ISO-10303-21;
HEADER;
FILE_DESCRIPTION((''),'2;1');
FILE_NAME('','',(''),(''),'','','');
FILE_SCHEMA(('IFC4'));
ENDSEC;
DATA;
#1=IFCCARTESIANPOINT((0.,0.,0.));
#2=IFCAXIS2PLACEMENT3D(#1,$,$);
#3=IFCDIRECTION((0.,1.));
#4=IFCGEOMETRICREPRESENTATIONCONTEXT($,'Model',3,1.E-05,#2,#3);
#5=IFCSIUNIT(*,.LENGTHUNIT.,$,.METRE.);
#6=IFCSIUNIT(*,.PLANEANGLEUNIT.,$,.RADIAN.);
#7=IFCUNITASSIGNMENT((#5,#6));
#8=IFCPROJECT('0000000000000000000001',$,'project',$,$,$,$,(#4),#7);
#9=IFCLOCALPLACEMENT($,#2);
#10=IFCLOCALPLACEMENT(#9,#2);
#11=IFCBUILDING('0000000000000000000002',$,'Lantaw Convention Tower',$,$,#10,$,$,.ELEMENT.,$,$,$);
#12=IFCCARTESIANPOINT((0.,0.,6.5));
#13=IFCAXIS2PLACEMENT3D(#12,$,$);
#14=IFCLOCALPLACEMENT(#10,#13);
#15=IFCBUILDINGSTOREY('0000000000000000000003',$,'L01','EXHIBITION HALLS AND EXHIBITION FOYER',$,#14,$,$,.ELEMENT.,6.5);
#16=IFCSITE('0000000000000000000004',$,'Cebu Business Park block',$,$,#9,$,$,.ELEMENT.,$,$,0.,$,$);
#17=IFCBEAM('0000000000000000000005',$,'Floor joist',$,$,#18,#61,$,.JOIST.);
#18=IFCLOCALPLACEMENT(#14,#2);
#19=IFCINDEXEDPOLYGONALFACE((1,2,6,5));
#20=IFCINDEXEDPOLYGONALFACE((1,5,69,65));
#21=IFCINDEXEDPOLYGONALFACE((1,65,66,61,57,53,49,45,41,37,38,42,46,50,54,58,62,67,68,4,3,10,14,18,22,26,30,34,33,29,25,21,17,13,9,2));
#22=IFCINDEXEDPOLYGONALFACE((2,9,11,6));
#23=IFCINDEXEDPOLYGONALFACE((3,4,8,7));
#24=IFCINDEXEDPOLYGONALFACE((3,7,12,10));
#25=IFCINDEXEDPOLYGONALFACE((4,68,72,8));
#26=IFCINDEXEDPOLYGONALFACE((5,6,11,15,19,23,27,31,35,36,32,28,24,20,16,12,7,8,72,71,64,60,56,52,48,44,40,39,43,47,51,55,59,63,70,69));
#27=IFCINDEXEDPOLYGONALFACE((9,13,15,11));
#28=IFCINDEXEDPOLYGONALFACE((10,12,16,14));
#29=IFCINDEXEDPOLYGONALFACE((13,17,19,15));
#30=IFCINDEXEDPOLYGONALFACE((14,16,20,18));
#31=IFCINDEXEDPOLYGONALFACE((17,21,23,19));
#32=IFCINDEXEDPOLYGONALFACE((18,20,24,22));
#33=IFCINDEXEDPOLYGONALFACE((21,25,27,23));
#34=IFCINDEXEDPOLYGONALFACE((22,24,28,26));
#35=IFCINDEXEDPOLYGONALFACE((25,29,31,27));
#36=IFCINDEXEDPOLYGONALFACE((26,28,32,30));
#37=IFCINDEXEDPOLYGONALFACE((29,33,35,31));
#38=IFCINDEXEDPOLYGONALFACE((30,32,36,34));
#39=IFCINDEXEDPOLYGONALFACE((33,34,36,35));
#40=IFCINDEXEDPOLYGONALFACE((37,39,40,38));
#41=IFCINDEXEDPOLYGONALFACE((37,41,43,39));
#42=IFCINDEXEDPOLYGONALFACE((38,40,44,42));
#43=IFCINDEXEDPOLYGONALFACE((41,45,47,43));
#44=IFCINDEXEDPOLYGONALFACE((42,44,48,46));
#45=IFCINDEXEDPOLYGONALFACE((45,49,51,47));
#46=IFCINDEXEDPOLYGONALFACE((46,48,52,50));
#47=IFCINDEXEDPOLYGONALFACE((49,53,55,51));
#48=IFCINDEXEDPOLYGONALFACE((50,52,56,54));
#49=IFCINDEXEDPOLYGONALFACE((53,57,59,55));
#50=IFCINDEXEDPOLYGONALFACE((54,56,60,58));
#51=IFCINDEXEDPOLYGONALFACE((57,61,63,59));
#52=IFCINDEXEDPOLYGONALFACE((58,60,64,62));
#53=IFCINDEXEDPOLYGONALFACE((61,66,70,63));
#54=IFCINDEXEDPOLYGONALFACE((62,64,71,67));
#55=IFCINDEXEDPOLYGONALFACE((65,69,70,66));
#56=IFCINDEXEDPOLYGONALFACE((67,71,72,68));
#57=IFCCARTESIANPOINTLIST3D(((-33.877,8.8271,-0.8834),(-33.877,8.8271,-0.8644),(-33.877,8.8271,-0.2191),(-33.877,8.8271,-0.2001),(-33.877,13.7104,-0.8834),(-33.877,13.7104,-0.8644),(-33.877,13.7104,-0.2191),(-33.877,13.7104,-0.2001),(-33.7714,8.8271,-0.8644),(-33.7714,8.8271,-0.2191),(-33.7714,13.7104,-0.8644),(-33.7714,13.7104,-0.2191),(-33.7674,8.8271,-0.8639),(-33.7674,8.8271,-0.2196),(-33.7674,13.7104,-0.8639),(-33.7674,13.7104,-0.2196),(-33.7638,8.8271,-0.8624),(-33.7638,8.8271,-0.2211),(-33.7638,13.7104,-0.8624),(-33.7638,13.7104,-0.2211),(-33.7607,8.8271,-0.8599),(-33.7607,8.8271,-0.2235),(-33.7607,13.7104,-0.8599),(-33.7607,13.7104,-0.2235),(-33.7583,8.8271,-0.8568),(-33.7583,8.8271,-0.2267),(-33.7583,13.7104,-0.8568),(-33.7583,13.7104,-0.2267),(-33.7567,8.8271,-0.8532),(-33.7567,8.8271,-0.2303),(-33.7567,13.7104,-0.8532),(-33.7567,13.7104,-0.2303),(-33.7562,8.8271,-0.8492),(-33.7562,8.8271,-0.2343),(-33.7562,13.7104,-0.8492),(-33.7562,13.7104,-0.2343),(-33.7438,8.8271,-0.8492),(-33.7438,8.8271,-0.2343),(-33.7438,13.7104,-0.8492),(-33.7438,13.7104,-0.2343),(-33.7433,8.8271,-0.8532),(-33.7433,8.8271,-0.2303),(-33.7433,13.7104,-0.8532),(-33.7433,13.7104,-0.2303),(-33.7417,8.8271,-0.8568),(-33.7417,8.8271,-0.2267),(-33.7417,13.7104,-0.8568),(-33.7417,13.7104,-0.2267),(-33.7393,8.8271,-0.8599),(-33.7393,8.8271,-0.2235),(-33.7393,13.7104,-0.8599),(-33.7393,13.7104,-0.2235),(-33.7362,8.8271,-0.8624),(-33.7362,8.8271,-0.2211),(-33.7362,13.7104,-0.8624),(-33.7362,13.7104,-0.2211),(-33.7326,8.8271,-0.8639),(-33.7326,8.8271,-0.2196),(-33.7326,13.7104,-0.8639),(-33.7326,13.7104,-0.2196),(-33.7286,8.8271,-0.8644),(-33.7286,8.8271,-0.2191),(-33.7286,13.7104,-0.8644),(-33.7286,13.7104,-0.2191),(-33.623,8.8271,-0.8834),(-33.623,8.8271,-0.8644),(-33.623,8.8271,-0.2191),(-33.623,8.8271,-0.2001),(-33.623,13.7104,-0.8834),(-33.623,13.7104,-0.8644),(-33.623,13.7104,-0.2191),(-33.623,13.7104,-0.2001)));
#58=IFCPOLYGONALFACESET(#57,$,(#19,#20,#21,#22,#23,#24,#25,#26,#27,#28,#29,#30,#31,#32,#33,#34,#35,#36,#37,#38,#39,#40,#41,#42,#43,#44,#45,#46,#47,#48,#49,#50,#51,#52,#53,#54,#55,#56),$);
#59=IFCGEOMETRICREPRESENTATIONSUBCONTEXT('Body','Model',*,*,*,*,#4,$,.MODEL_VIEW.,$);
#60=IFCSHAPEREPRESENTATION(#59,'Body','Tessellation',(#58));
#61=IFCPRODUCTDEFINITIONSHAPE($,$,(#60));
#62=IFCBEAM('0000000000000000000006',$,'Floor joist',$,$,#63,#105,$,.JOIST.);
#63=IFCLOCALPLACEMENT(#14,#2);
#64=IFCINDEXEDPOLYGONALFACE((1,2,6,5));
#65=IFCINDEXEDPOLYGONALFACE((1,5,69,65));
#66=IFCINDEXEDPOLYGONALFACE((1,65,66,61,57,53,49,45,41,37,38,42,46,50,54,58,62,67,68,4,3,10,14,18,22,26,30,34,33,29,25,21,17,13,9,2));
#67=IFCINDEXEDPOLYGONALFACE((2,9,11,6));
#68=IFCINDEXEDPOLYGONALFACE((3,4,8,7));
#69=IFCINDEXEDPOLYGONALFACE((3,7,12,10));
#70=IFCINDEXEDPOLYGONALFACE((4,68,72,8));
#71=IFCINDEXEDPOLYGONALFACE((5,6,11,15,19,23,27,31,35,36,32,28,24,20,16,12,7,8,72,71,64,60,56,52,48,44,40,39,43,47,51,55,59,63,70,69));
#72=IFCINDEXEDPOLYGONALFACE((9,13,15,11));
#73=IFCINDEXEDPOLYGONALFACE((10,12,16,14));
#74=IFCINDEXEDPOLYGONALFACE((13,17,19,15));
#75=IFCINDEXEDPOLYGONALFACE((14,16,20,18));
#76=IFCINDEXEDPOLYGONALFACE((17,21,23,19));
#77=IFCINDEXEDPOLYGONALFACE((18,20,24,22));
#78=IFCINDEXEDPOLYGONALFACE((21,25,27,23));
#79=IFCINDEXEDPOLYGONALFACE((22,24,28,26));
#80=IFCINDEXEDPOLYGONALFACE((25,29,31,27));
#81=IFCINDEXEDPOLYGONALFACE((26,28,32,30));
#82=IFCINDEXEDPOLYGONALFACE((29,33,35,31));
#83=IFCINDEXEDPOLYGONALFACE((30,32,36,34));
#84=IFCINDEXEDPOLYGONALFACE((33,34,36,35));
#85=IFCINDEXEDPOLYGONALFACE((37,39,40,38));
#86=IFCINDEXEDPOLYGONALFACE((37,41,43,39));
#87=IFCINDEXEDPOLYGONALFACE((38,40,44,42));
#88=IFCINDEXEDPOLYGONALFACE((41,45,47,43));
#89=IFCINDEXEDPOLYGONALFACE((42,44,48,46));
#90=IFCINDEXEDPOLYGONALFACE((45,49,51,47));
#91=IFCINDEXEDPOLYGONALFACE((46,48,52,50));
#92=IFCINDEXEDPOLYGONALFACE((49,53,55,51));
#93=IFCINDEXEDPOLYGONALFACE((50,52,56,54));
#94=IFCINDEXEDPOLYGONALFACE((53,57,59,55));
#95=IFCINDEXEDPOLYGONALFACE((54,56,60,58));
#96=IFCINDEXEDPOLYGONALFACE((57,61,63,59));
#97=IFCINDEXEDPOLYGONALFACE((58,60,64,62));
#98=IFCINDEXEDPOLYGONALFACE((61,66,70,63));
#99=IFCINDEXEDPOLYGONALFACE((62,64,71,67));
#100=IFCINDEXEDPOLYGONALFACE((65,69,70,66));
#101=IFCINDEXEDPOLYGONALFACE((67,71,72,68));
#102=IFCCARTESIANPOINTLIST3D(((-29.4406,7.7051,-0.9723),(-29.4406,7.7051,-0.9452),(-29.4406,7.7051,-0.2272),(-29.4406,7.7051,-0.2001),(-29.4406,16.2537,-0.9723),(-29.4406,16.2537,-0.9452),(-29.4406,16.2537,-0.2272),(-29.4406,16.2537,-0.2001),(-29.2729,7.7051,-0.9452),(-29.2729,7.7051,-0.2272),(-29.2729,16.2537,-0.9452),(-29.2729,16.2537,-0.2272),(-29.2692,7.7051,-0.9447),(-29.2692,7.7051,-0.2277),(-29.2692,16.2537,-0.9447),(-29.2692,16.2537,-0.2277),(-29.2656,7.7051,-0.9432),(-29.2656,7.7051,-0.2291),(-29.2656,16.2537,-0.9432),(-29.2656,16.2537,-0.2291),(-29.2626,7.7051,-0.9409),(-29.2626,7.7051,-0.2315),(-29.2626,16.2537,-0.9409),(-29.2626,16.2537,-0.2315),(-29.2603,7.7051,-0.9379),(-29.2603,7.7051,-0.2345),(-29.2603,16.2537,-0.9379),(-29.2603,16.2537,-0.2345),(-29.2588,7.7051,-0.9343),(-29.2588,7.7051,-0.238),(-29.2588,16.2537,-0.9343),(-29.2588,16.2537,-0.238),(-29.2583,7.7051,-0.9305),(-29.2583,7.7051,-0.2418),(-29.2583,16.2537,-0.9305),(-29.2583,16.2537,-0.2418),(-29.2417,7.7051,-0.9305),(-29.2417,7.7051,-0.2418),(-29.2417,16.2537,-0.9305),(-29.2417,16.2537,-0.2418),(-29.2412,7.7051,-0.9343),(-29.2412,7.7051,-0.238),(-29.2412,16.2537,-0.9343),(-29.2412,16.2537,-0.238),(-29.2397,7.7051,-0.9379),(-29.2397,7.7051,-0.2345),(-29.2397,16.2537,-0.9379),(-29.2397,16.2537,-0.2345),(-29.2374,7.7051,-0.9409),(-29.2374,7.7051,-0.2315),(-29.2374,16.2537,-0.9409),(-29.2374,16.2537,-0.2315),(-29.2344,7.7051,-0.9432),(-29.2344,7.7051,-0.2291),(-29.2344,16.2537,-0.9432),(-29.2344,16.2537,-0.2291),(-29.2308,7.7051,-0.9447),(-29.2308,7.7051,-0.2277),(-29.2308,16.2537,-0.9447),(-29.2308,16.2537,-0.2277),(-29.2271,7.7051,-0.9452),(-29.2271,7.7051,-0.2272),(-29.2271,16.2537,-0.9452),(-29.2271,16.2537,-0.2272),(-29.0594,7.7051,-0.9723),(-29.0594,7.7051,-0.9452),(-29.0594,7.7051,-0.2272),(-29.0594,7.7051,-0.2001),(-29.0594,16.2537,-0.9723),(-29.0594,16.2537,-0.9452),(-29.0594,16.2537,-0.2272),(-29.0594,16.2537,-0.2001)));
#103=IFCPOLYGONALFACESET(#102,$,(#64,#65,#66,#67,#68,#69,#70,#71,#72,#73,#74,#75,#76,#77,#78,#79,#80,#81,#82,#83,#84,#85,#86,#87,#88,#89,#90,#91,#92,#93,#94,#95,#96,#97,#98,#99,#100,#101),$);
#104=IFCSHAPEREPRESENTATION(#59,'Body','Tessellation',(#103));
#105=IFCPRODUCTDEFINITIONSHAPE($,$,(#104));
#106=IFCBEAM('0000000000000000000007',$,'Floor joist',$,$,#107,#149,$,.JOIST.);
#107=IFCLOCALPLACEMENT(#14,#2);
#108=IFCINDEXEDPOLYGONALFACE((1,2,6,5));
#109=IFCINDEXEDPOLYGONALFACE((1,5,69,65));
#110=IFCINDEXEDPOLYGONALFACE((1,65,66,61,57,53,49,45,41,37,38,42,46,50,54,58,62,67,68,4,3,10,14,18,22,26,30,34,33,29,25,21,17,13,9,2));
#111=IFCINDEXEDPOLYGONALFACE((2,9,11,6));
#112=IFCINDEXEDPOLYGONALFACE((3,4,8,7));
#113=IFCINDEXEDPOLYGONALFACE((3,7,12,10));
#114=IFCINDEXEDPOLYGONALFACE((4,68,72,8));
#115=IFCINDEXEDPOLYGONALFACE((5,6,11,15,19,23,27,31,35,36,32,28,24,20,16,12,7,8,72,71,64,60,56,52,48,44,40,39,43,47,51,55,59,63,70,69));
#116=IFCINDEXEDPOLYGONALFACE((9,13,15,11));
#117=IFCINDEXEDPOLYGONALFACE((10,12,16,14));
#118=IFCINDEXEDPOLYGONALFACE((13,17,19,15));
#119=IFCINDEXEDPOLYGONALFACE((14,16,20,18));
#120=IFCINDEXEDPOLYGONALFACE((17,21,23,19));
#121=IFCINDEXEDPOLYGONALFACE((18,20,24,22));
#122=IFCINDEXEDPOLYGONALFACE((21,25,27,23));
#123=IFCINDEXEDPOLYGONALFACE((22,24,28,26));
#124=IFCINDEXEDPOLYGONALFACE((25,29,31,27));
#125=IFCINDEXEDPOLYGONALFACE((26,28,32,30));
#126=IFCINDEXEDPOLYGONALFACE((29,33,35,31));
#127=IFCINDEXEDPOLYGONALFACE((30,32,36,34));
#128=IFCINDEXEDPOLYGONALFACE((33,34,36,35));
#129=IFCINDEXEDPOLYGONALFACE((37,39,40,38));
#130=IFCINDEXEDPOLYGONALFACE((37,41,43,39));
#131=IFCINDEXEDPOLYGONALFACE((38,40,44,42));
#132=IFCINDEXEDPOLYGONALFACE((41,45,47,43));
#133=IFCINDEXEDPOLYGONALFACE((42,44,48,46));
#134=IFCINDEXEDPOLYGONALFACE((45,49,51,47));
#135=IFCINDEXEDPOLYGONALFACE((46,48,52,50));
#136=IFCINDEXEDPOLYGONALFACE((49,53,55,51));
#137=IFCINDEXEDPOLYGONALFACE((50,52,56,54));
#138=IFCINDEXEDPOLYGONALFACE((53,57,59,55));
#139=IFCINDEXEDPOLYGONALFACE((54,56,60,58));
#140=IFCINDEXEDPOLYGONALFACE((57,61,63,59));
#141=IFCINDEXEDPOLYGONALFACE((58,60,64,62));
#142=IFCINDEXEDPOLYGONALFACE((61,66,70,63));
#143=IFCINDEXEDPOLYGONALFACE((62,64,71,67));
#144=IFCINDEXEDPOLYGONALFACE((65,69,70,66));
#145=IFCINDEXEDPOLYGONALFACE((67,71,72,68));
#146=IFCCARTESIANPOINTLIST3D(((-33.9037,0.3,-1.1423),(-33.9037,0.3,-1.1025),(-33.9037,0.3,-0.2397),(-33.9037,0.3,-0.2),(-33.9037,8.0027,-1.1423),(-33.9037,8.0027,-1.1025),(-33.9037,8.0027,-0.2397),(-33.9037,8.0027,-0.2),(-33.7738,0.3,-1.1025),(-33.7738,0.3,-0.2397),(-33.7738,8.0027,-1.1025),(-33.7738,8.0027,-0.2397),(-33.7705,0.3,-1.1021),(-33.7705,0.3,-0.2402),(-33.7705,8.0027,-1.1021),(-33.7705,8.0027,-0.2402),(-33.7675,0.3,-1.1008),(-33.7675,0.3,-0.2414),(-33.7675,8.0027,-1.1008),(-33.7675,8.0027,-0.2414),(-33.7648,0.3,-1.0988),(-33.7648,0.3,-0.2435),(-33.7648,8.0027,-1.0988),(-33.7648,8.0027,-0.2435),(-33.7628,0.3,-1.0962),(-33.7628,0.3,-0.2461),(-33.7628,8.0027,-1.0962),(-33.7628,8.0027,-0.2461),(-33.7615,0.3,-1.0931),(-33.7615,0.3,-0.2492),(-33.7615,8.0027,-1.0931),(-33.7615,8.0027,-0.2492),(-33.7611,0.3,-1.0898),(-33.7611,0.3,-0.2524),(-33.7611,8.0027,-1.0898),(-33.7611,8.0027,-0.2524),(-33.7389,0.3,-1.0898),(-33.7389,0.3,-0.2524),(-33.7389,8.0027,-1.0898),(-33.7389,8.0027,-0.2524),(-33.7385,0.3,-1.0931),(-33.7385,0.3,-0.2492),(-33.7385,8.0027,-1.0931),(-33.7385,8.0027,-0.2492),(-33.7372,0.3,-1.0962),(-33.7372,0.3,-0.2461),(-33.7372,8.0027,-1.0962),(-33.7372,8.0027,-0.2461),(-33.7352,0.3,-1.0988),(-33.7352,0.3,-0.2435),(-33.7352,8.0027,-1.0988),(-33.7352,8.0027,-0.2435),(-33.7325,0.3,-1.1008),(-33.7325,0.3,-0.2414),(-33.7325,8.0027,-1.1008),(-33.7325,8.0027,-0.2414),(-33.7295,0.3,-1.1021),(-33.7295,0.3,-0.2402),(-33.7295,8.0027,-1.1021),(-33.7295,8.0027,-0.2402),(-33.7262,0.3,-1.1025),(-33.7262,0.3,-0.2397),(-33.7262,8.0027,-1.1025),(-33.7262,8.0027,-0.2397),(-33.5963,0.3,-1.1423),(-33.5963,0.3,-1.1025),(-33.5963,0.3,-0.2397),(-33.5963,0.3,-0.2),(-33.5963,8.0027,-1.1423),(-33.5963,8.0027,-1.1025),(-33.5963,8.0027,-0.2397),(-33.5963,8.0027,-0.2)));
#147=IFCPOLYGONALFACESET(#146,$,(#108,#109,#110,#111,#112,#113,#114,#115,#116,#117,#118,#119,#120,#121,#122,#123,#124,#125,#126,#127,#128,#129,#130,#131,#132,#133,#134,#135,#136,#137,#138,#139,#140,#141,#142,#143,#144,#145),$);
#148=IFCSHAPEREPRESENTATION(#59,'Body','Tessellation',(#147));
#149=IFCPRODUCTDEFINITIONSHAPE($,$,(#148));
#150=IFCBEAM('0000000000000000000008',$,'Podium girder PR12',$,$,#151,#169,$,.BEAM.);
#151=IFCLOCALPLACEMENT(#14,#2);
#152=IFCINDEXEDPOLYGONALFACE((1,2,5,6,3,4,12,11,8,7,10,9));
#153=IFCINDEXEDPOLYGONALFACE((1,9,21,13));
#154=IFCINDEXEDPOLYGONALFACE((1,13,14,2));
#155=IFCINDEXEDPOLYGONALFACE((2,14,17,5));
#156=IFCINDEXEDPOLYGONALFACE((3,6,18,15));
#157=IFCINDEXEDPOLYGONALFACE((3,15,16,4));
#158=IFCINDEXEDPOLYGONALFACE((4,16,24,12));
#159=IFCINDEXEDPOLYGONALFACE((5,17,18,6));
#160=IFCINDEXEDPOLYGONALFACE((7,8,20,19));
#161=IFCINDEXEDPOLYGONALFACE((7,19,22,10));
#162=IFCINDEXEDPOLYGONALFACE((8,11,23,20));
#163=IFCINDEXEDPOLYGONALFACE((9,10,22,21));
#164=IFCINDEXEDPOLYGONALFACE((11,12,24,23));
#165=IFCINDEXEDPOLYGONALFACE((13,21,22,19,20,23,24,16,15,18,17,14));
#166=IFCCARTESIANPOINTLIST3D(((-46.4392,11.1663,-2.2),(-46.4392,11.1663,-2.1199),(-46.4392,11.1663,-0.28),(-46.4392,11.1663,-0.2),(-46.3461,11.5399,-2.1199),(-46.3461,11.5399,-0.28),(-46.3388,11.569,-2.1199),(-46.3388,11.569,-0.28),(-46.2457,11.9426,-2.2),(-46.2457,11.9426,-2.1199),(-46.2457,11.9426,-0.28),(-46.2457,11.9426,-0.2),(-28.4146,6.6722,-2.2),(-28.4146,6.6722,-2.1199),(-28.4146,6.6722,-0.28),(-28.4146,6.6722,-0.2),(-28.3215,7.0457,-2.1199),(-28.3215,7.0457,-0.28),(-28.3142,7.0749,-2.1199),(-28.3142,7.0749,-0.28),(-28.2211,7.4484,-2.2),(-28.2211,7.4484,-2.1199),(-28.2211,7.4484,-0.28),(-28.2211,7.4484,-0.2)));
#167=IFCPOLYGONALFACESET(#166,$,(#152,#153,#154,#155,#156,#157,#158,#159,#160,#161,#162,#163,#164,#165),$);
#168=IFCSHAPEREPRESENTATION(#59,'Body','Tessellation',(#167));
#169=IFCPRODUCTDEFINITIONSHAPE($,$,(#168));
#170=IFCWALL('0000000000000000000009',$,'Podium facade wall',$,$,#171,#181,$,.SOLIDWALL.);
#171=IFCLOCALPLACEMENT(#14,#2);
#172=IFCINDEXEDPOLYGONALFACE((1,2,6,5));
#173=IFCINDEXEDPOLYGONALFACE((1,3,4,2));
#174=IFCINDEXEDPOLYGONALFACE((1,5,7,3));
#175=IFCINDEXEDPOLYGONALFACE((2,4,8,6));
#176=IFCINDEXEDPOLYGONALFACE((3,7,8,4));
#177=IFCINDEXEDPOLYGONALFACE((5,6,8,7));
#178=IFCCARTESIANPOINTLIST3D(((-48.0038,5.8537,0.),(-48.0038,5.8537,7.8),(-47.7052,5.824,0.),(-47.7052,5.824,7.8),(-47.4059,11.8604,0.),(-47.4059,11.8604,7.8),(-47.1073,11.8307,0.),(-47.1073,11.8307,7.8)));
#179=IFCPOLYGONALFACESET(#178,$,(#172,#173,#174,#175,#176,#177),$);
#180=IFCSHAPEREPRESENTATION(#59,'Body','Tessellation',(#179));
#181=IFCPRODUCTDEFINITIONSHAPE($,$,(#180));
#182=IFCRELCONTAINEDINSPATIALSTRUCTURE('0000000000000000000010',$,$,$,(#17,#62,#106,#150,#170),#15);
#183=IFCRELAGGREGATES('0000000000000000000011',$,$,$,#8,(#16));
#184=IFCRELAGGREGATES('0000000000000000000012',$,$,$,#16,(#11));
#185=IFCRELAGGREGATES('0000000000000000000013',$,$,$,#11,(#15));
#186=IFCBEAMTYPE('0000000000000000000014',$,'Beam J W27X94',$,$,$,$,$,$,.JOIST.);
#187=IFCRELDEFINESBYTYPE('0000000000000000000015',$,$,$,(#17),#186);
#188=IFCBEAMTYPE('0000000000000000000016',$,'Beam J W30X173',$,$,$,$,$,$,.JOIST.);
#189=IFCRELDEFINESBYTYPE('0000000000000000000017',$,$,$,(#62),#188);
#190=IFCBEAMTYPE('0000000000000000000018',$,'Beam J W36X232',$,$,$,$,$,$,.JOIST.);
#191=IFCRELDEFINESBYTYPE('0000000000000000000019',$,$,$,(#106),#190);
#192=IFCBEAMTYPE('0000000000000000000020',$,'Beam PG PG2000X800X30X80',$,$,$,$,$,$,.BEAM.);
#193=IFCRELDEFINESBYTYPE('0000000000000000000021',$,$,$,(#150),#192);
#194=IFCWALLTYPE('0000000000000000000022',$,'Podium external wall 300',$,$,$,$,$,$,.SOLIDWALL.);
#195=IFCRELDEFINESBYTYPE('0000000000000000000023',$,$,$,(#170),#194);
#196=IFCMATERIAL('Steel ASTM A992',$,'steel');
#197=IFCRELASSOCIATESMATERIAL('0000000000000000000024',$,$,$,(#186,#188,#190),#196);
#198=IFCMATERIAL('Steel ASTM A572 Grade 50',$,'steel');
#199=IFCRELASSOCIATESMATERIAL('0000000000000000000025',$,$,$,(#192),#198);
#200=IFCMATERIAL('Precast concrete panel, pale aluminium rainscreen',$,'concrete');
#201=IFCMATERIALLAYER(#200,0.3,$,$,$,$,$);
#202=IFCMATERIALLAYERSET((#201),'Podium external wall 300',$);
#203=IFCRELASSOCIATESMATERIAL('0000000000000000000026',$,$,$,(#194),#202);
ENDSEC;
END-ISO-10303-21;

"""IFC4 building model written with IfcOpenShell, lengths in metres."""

from ifc_helpers import new_model, si_unit, direction, frame, frame_2d, origin, origin_2d, place, context, subcontext, project, spatial, rectangle, i_section, extrude, material, layer, layer_set, material_profile, profile_set, type_object, element, save


model = new_model("IFC4")

# Units and contexts
model_context = context("Model", 3, precision=1e-05, world=origin(), true_north=direction((0.0, 1.0)))
body_context = subcontext(model_context, "Body", "Model", "MODEL_VIEW")
ifc_project = project(units=[si_unit("LENGTHUNIT", "METRE"), si_unit("PLANEANGLEUNIT", "RADIAN")], contexts=[model_context])

# Site, building, storey
site_placement = place(None, origin())
site = spatial("IfcSite", under=ifc_project, at=site_placement, Name="Cebu Business Park block", CompositionType="ELEMENT", RefElevation=0.0)
building_placement = place(site_placement, origin())
building = spatial("IfcBuilding", under=site, at=building_placement, Name="Lantaw Convention Tower", CompositionType="ELEMENT")
storey_placement = place(building_placement, frame((0.0, 0.0, 6.5)))
storey = spatial("IfcBuildingStorey", under=building, at=storey_placement, Name="L01", Description="EXHIBITION HALLS AND EXHIBITION FOYER", CompositionType="ELEMENT", Elevation=6.5)

# Shared definitions
ifc_material_1 = material(Name="Steel ASTM A572 Grade 50", Category="steel")

# Beams
ifc_material_2 = material(Name="Steel ASTM A992", Category="steel")
ifc_material_profile_1 = material_profile(ifc_material_2, i_section(OverallWidth=0.2539, OverallDepth=0.6833, WebThickness=0.0125, FlangeThickness=0.019, FilletRadius=0.0151, at=origin_2d()), Name="W27X94")
ifc_profile_set_1 = profile_set([ifc_material_profile_1], Name="Steel ASTM A992")
beam_type_1 = type_object("IfcBeamType", Name="Beam J W27X94", PredefinedType="JOIST", material=ifc_profile_set_1)
beam_1_placement = place(storey_placement, frame((-33.75, 8.8271, -0.5417), z_axis=(0.0, 1.0, 0.0), x_axis=(-1.0, 0.0, 0.0)))
element("IfcBeam", 1, at=beam_1_placement, inside=storey, type_object=beam_type_1, Name="Floor joist", PredefinedType="JOIST", context=body_context, shape_type="SweptSolid", body=[
    extrude(i_section(OverallWidth=0.2539, OverallDepth=0.6833, WebThickness=0.0125, FlangeThickness=0.019, FilletRadius=0.0151, at=origin_2d()), origin(), (0.0, 0.0, 1.0), 4.8833),
])
ifc_material_profile_2 = material_profile(ifc_material_2, i_section(OverallWidth=0.3811, OverallDepth=0.7722, WebThickness=0.0166, FlangeThickness=0.0271, FilletRadius=0.0146, at=origin_2d()), Name="W30X173")
ifc_profile_set_2 = profile_set([ifc_material_profile_2], Name="Steel ASTM A992")
beam_type_2 = type_object("IfcBeamType", Name="Beam J W30X173", PredefinedType="JOIST", material=ifc_profile_set_2)
beam_2_placement = place(storey_placement, frame((-29.25, 7.7051, -0.5862), z_axis=(0.0, 1.0, 0.0), x_axis=(-1.0, 0.0, 0.0)))
element("IfcBeam", 2, at=beam_2_placement, inside=storey, type_object=beam_type_2, Name="Floor joist", PredefinedType="JOIST", context=body_context, shape_type="SweptSolid", body=[
    extrude(i_section(OverallWidth=0.3811, OverallDepth=0.7722, WebThickness=0.0166, FlangeThickness=0.0271, FilletRadius=0.0146, at=origin_2d()), origin(), (0.0, 0.0, 1.0), 8.5486),
])
ifc_material_profile_3 = material_profile(ifc_material_2, i_section(OverallWidth=0.3074, OverallDepth=0.9424, WebThickness=0.0222, FlangeThickness=0.0398, FilletRadius=0.0127, at=origin_2d()), Name="W36X232")
ifc_profile_set_3 = profile_set([ifc_material_profile_3], Name="Steel ASTM A992")
beam_type_3 = type_object("IfcBeamType", Name="Beam J W36X232", PredefinedType="JOIST", material=ifc_profile_set_3)
beam_3_placement = place(storey_placement, frame((-33.75, 0.3, -0.6711), z_axis=(0.0, 1.0, 0.0), x_axis=(-1.0, 0.0, 0.0)))
element("IfcBeam", 3, at=beam_3_placement, inside=storey, type_object=beam_type_3, Name="Floor joist", PredefinedType="JOIST", context=body_context, shape_type="SweptSolid", body=[
    extrude(i_section(OverallWidth=0.3074, OverallDepth=0.9424, WebThickness=0.0222, FlangeThickness=0.0398, FilletRadius=0.0127, at=origin_2d()), origin(), (0.0, 0.0, 1.0), 7.7026),
])
ifc_material_profile_4 = material_profile(ifc_material_1, i_section(OverallWidth=0.8, OverallDepth=2.0, WebThickness=0.03, FlangeThickness=0.0801, at=origin_2d()), Name="PG2000X800X30X80")
ifc_profile_set_4 = profile_set([ifc_material_profile_4], Name="Steel ASTM A572 Grade 50")
beam_type_4 = type_object("IfcBeamType", Name="Beam PG PG2000X800X30X80", PredefinedType="BEAM", material=ifc_profile_set_4)
beam_4_placement = place(storey_placement, frame((-28.3179, 7.0603, -1.2), z_axis=(-0.970295, 0.241926, 0.0), x_axis=(-0.241926, -0.970295, 0.0)))
element("IfcBeam", 4, at=beam_4_placement, inside=storey, type_object=beam_type_4, Name="Podium girder PR12", PredefinedType="BEAM", context=body_context, shape_type="SweptSolid", body=[
    extrude(i_section(OverallWidth=0.8, OverallDepth=2.0, WebThickness=0.03, FlangeThickness=0.0801, at=origin_2d()), origin(), (0.0, 0.0, 1.0), 18.5764),
])

# Wall
ifc_material_3 = material(Name="Precast concrete panel, pale aluminium rainscreen", Category="concrete")
ifc_layer_1 = layer(ifc_material_3, 0.3)
ifc_layer_set_1 = layer_set([ifc_layer_1], Name="Podium external wall 300")
wall_type_1 = type_object("IfcWallType", Name="Podium external wall 300", PredefinedType="SOLIDWALL", material=ifc_layer_set_1)
wall_1_placement = place(storey_placement, frame((-47.2566, 11.8455, 0.0), z_axis=(0.0, 0.0, 1.0), x_axis=(-0.099051, -0.995082, 0.0)))
element("IfcWall", 5, at=wall_1_placement, inside=storey, type_object=wall_type_1, Name="Podium facade wall", PredefinedType="SOLIDWALL", context=body_context, shape_type="SweptSolid", body=[
    extrude(rectangle(XDim=6.0364, YDim=0.3, at=frame_2d((3.0181, 0.0))), origin(), (0.0, 0.0, 1.0), 7.8),
])

save(model, "model.ifc")
